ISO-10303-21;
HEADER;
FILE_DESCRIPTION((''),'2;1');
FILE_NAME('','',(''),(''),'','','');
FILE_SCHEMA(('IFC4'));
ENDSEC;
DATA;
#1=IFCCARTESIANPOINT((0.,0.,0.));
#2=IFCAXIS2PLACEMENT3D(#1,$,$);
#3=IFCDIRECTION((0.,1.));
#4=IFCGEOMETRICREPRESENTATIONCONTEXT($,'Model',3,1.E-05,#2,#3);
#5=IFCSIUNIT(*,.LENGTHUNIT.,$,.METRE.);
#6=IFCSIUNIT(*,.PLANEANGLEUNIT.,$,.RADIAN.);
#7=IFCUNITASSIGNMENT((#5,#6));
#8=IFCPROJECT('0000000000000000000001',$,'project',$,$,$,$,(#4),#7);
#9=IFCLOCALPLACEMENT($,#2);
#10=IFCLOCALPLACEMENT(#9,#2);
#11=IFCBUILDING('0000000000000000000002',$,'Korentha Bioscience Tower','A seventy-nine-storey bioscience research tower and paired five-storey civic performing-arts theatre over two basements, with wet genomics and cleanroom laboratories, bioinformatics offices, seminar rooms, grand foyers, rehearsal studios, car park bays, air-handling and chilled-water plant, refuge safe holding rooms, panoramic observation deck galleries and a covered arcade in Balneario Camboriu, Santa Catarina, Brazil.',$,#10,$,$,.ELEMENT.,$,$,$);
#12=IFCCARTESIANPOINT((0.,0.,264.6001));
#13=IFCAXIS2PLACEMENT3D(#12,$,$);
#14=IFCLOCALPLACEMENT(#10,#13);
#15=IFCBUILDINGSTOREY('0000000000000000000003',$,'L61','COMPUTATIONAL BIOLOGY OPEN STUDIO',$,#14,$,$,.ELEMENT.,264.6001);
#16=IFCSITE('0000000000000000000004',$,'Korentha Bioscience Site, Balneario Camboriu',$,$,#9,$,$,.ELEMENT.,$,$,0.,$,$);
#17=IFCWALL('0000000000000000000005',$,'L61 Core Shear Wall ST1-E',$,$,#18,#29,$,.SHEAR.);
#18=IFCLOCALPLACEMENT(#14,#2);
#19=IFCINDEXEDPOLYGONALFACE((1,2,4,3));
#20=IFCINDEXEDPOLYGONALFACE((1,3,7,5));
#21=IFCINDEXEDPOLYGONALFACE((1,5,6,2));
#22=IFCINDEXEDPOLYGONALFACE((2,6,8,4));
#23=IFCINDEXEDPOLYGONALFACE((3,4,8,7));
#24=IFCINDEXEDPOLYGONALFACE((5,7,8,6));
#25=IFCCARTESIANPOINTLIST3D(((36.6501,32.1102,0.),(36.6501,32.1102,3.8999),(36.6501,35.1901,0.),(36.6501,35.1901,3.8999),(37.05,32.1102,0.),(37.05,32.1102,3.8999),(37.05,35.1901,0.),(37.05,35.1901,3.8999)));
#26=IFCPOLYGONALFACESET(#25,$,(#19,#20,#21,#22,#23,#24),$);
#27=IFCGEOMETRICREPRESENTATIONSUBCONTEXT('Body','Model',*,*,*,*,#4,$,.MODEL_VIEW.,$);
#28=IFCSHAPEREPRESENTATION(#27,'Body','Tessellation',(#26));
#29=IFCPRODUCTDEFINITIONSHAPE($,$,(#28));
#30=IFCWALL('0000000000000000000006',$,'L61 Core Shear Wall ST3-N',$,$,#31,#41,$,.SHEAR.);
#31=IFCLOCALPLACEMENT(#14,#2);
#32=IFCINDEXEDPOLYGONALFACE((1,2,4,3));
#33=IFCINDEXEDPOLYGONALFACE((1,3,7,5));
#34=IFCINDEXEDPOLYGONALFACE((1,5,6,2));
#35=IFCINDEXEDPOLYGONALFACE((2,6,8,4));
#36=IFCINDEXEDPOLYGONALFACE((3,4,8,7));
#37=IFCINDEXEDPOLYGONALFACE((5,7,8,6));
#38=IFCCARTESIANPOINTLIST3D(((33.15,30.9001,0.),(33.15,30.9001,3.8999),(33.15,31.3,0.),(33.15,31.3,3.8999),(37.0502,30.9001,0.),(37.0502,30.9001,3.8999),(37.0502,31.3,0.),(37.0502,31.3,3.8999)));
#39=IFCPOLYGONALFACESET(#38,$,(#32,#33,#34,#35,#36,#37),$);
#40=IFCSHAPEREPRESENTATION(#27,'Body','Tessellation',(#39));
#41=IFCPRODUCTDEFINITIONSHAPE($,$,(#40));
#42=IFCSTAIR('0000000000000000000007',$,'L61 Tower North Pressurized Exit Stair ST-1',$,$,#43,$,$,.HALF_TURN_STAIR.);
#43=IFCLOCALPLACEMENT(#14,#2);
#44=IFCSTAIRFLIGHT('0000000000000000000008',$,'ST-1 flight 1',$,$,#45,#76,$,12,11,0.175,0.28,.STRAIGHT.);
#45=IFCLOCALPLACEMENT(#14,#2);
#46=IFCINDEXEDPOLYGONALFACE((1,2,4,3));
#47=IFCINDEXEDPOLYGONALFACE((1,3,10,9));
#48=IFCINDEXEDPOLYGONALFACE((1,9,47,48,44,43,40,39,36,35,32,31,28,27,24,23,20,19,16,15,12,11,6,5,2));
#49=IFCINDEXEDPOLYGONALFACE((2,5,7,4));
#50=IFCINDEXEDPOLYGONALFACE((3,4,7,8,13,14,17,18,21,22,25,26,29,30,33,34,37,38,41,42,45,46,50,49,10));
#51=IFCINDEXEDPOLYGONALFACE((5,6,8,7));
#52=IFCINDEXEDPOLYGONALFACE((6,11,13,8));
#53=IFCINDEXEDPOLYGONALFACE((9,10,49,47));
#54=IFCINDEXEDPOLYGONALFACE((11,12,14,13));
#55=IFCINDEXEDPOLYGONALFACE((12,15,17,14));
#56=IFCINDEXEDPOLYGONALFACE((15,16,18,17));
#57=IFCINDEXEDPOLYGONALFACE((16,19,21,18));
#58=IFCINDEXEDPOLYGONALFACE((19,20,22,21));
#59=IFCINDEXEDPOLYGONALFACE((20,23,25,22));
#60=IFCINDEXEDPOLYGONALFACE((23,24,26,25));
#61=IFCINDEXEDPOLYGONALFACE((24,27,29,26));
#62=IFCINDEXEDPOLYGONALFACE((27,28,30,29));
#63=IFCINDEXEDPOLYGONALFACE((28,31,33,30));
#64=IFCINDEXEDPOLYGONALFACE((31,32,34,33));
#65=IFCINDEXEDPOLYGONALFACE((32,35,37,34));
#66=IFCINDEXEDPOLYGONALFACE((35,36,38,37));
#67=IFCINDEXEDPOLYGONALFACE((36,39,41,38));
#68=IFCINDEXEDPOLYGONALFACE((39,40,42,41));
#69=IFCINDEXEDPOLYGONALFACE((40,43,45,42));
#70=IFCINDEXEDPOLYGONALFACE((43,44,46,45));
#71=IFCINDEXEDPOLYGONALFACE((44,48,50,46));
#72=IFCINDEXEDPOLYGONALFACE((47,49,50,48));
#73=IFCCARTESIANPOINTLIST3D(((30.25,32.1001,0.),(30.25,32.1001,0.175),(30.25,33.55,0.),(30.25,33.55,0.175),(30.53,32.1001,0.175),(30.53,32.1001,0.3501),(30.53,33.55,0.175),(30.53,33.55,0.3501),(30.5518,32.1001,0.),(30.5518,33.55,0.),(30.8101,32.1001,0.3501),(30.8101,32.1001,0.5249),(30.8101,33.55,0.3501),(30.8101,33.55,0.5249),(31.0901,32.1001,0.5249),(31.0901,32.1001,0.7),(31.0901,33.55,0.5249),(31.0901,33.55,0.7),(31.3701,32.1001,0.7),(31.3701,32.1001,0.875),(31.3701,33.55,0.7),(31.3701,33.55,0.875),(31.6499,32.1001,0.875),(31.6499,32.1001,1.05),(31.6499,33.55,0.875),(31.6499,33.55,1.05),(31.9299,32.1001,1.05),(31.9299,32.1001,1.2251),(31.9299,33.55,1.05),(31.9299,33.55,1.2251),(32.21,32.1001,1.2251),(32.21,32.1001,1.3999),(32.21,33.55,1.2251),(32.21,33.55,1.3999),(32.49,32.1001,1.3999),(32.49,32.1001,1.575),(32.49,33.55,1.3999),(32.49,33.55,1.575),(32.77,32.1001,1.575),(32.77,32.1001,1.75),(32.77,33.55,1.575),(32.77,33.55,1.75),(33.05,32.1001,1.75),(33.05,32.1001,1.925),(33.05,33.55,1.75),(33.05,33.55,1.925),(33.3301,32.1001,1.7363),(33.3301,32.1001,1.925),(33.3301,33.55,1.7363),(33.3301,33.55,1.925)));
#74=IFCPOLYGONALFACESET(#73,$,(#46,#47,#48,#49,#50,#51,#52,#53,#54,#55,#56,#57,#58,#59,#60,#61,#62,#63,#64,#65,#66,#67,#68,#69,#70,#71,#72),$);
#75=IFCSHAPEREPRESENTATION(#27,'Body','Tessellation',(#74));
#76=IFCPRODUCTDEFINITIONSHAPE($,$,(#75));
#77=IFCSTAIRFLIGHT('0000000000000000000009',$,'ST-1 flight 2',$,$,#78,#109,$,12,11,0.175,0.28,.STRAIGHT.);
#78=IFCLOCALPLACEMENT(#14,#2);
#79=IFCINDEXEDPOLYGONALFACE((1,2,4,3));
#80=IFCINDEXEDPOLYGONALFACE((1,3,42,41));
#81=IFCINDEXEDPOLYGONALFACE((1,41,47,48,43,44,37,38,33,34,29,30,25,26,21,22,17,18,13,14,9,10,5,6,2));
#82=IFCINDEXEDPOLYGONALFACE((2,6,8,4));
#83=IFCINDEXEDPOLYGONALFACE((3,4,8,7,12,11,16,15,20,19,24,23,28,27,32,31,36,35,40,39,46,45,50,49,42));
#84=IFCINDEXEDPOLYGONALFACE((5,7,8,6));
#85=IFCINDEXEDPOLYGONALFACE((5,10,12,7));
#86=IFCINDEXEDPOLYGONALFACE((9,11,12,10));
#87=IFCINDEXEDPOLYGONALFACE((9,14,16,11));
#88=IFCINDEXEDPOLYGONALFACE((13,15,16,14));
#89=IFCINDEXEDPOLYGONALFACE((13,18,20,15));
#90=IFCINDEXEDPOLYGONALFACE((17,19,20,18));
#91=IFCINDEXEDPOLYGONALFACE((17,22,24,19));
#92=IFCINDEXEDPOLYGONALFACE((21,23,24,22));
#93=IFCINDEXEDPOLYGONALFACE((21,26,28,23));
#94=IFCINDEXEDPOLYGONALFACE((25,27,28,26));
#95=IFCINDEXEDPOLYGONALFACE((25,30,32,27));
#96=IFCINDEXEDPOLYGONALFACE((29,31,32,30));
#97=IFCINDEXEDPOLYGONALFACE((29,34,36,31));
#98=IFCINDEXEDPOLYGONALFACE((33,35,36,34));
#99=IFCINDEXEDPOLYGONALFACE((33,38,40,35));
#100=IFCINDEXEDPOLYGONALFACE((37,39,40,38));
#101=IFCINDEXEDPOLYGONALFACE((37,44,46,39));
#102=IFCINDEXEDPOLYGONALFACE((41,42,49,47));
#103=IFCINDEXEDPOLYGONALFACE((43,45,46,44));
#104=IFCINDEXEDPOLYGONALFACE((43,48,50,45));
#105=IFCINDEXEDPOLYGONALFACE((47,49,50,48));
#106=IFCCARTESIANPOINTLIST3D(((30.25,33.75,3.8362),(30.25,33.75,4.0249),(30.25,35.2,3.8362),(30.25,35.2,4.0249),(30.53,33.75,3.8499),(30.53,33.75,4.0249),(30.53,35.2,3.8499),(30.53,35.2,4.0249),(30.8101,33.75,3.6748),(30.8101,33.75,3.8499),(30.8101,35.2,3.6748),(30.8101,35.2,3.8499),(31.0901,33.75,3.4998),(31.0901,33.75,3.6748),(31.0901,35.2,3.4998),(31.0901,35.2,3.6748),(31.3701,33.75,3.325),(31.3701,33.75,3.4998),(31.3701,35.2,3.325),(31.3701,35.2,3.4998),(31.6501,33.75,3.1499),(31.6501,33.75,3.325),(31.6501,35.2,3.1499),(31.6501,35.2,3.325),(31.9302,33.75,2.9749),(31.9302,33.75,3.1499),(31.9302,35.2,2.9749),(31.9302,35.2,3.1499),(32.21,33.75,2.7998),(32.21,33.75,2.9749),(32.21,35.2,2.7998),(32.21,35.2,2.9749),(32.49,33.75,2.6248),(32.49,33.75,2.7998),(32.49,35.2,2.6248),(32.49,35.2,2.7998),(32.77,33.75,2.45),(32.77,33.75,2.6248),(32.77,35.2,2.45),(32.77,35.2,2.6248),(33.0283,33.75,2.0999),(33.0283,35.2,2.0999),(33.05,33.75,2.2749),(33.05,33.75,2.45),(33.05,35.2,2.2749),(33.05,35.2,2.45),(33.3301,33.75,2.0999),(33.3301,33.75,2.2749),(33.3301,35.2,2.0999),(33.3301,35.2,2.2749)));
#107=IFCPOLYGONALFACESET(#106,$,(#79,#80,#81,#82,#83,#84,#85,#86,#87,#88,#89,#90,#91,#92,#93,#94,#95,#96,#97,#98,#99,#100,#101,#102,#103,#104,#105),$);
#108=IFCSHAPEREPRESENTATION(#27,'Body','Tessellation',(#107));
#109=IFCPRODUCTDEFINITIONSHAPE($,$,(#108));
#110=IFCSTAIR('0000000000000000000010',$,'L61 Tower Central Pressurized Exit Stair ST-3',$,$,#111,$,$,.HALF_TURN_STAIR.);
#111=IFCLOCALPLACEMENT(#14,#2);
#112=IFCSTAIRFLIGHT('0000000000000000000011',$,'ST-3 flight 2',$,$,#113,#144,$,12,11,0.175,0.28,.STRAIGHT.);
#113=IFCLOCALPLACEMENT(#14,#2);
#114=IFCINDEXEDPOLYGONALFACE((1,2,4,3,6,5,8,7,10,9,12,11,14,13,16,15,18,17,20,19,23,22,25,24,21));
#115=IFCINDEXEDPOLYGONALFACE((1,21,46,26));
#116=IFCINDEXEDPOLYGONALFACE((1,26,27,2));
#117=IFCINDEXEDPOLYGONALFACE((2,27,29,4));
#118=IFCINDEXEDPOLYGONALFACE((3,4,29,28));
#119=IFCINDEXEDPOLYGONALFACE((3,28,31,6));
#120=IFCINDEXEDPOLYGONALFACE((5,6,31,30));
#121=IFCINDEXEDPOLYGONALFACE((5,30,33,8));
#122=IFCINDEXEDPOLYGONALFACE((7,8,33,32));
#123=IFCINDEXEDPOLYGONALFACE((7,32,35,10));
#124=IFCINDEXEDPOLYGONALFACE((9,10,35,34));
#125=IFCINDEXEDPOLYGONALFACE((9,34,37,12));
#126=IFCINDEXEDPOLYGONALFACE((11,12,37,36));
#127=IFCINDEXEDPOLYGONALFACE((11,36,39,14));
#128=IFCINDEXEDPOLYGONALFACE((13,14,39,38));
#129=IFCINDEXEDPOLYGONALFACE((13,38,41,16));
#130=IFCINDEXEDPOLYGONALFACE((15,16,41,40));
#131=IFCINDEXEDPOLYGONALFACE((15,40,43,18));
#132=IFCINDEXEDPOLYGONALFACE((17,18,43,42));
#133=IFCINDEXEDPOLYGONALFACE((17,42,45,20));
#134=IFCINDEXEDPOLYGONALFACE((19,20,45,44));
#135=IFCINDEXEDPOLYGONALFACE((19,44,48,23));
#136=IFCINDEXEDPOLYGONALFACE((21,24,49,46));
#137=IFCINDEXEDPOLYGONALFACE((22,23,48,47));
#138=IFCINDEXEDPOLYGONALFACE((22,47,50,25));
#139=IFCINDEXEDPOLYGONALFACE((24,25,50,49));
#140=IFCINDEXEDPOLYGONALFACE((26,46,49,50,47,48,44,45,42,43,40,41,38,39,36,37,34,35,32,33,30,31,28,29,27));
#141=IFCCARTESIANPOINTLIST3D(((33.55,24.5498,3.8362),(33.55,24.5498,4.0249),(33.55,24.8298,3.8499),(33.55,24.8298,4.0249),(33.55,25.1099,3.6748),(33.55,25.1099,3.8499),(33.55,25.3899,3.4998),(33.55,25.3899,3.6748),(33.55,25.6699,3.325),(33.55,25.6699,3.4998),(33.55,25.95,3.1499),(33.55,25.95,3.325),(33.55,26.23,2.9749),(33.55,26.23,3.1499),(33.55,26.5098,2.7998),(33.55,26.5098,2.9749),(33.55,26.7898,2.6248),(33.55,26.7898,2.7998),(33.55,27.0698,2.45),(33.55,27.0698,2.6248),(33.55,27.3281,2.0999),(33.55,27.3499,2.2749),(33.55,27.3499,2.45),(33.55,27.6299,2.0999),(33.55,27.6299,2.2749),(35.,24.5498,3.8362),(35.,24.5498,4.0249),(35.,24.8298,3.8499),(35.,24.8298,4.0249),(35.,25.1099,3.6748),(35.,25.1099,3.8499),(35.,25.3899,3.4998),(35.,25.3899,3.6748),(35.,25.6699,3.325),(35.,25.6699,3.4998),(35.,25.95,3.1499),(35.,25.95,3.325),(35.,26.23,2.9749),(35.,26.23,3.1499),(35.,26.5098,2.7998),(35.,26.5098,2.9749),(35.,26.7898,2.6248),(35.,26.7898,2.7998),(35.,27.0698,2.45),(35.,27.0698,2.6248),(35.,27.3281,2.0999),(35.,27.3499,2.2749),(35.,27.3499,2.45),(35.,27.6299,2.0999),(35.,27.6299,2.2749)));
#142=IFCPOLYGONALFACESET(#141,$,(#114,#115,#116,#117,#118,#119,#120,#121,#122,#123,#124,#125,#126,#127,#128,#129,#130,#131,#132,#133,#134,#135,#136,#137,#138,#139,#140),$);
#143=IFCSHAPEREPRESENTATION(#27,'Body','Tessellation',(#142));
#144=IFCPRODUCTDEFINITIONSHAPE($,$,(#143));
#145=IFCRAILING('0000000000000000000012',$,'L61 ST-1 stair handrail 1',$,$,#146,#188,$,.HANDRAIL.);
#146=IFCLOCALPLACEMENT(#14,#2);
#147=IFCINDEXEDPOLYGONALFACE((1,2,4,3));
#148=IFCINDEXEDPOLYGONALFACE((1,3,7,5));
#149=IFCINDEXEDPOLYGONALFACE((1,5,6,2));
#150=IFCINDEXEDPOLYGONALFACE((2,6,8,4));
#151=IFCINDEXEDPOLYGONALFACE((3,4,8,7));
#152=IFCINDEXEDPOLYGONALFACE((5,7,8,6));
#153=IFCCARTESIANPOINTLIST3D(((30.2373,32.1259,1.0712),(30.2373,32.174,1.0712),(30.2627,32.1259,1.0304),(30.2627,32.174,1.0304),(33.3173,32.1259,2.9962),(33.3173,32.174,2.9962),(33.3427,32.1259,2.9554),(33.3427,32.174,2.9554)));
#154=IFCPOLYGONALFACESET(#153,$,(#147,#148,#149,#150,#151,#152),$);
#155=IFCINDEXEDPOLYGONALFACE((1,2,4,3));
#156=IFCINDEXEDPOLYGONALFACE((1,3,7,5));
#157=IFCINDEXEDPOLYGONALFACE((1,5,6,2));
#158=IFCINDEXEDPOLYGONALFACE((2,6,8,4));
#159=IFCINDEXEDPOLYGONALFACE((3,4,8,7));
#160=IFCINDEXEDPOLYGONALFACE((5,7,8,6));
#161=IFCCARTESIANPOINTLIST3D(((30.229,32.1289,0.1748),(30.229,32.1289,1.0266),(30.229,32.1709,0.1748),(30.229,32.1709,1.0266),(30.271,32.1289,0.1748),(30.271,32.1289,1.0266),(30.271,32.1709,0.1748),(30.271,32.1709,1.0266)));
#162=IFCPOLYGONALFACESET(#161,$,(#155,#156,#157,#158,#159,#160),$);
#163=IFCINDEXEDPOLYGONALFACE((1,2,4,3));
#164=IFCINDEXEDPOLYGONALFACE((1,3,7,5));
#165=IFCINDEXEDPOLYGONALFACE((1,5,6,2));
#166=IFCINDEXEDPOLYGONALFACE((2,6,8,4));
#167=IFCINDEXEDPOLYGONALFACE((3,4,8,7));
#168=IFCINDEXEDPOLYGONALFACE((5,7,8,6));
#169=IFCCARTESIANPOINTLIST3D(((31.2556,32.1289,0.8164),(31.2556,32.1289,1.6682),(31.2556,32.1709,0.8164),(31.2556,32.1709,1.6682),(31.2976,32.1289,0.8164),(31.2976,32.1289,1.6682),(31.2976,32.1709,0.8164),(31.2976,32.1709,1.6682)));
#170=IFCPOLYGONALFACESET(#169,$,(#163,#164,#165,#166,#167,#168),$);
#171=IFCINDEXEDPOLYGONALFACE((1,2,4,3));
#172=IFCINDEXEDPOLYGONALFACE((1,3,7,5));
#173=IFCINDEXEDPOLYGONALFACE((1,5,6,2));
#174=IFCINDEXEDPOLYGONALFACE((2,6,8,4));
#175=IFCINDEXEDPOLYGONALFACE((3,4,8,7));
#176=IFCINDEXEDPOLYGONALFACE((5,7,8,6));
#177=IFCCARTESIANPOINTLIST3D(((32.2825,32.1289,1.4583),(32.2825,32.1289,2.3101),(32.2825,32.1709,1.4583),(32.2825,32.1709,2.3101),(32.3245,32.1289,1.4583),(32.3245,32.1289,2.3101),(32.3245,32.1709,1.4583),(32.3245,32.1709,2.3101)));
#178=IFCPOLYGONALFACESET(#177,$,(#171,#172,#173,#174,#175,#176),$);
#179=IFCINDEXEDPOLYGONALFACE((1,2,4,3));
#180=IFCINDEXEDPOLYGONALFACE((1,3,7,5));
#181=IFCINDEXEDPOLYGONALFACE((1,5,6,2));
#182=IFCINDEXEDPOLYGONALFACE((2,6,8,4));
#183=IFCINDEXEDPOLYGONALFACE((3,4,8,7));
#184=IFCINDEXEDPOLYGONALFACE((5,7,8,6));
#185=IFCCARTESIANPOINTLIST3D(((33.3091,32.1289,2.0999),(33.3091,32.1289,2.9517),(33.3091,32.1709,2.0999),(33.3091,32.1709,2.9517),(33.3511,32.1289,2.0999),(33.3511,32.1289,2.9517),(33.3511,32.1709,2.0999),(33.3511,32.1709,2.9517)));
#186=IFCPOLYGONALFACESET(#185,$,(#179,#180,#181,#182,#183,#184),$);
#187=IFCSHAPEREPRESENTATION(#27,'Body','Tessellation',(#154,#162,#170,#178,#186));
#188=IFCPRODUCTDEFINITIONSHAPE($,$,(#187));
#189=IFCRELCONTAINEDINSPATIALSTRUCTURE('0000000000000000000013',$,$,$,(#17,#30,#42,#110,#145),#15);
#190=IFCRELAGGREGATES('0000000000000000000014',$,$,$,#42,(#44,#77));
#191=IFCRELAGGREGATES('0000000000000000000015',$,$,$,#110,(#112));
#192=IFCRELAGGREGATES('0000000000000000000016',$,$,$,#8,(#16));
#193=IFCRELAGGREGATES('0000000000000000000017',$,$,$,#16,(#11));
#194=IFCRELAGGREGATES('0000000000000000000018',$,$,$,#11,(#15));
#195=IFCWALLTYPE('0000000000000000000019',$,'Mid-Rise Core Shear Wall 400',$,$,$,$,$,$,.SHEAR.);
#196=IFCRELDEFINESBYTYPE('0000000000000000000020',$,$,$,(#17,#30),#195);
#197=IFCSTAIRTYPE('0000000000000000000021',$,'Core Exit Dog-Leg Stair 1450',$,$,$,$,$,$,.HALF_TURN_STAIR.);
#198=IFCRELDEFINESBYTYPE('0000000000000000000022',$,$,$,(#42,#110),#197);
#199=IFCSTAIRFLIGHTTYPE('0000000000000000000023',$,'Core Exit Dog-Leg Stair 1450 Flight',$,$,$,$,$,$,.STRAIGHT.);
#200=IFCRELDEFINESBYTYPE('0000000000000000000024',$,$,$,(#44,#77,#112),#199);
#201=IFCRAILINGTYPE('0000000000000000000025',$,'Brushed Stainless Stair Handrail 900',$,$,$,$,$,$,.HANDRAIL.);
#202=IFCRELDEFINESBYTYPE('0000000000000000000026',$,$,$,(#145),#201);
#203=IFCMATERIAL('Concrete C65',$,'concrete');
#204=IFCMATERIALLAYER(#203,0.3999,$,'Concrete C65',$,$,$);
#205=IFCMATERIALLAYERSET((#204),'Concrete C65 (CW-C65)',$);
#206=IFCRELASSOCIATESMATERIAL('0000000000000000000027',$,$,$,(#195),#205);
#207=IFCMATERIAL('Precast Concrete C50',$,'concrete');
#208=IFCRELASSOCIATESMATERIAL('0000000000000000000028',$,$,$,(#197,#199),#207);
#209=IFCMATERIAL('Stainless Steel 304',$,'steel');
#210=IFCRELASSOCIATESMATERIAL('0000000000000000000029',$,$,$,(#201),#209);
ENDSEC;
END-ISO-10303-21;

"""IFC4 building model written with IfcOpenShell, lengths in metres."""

from ifc_helpers import new_model, si_unit, direction, frame, frame_2d, origin, origin_2d, place, context, subcontext, project, spatial, polyline, rectangle, outline, extrude, material, layer, layer_set, type_object, element, aggregate, save


model = new_model("IFC4")

# Units and contexts
model_context = context("Model", 3, precision=1e-05, world=origin(), true_north=direction((0.0, 1.0)))
body_context = subcontext(model_context, "Body", "Model", "MODEL_VIEW")
ifc_project = project(units=[si_unit("LENGTHUNIT", "METRE"), si_unit("PLANEANGLEUNIT", "RADIAN")], contexts=[model_context])

# Site, building, storey
site_placement = place(None, origin())
site = spatial("IfcSite", under=ifc_project, at=site_placement, Name="Korentha Bioscience Site, Balneario Camboriu", CompositionType="ELEMENT", RefElevation=0.0)
building_placement = place(site_placement, origin())
building = spatial("IfcBuilding", under=site, at=building_placement, Name="Korentha Bioscience Tower", Description="A seventy-nine-storey bioscience research tower and paired five-storey civic performing-arts theatre over two basements, with wet genomics and cleanroom laboratories, bioinformatics offices, seminar rooms, grand foyers, rehearsal studios, car park bays, air-handling and chilled-water plant, refuge safe holding rooms, panoramic observation deck galleries and a covered arcade in Balneario Camboriu, Santa Catarina, Brazil.", CompositionType="ELEMENT")
storey_placement = place(building_placement, frame((0.0, 0.0, 264.6001)))
storey = spatial("IfcBuildingStorey", under=building, at=storey_placement, Name="L61", Description="COMPUTATIONAL BIOLOGY OPEN STUDIO", CompositionType="ELEMENT", Elevation=264.6001)

# Shared definitions
ifc_material_1 = material(Name="Concrete C65", Category="concrete")

# Walls
ifc_layer_1 = layer(ifc_material_1, 0.3999, Name="Concrete C65")
ifc_layer_set_1 = layer_set([ifc_layer_1], Name="Concrete C65 (CW-C65)")
wall_type_1 = type_object("IfcWallType", Name="Mid-Rise Core Shear Wall 400", PredefinedType="SHEAR", material=ifc_layer_set_1)
wall_1_placement = place(storey_placement, frame((36.8501, 32.1101, 0.0), z_axis=(0.0, 0.0, 1.0), x_axis=(0.0, 1.0, 0.0)))
element("IfcWall", 1, at=wall_1_placement, inside=storey, type_object=wall_type_1, Name="L61 Core Shear Wall ST1-E", PredefinedType="SHEAR", context=body_context, shape_type="SweptSolid", body=[
    extrude(rectangle(XDim=3.0798, YDim=0.3999, at=frame_2d((1.54, 0.0))), origin(), (0.0, 0.0, 1.0), 3.8999),
])
wall_2_placement = place(storey_placement, frame((33.1499, 31.1001, 0.0), z_axis=(0.0, 0.0, 1.0), x_axis=(1.0, 0.0, 0.0)))
element("IfcWall", 2, at=wall_2_placement, inside=storey, type_object=wall_type_1, Name="L61 Core Shear Wall ST3-N", PredefinedType="SHEAR", context=body_context, shape_type="SweptSolid", body=[
    extrude(rectangle(XDim=3.9001, YDim=0.3999, at=frame_2d((1.9502, 0.0))), origin(), (0.0, 0.0, 1.0), 3.8999),
])

# Stair, stair flights
ifc_material_2 = material(Name="Precast Concrete C50", Category="concrete")
stair_type = type_object("IfcStairType", Name="Core Exit Dog-Leg Stair 1450", PredefinedType="HALF_TURN_STAIR", material=ifc_material_2)
stair_1_placement = place(storey_placement, origin())
stair_1 = element("IfcStair", 3, at=stair_1_placement, inside=storey, type_object=stair_type, Name="L61 Tower North Pressurized Exit Stair ST-1", PredefinedType="HALF_TURN_STAIR")
stair_flight_type = type_object("IfcStairFlightType", Name="Core Exit Dog-Leg Stair 1450 Flight", PredefinedType="STRAIGHT", material=ifc_material_2)
stair_flight_1_placement = place(storey_placement, frame((30.25, 32.825, 0.0), z_axis=(0.0, 0.0, 1.0), x_axis=(1.0, 0.0, 0.0)))
stair_flight_1 = element("IfcStairFlight", 4, at=stair_flight_1_placement, type_object=stair_flight_type, Name="ST-1 flight 1", NumberOfRisers=12, NumberOfTreads=11, PredefinedType="STRAIGHT", RiserHeight=0.175, TreadLength=0.28, context=body_context, shape_type="SweptSolid", body=[
    extrude(outline(polyline([(0.0, 0.0), (0.0, 0.175), (0.28, 0.175), (0.28, 0.3501), (0.5601, 0.3501), (0.5601, 0.5249), (0.8401, 0.5249), (0.8401, 0.7), (1.1201, 0.7), (1.1201, 0.875), (1.3999, 0.875), (1.3999, 1.05), (1.6799, 1.05), (1.6799, 1.2251), (1.96, 1.2251), (1.96, 1.3999), (2.24, 1.3999), (2.24, 1.575), (2.52, 1.575), (2.52, 1.75), (2.8, 1.75), (2.8, 1.925), (3.0801, 1.925), (3.0801, 2.1001), (3.0801, 1.7363), (0.3018, 0.0), (0.0, 0.0)])), frame((0.0, 0.7251, 0.0), z_axis=(0.0, -1.0, 0.0), x_axis=(1.0, 0.0, 0.0)), (0.0, 0.0, 1.0), 1.45),
])
stair_flight_2_placement = place(storey_placement, frame((33.3301, 34.4751, 2.0999), z_axis=(0.0, 0.0, 1.0), x_axis=(-1.0, 0.0, 0.0)))
stair_flight_2 = element("IfcStairFlight", 5, at=stair_flight_2_placement, type_object=stair_flight_type, Name="ST-1 flight 2", NumberOfRisers=12, NumberOfTreads=11, PredefinedType="STRAIGHT", RiserHeight=0.175, TreadLength=0.28, context=body_context, shape_type="SweptSolid", body=[
    extrude(outline(polyline([(0.0, 0.0), (0.0, 0.175), (0.28, 0.175), (0.28, 0.3501), (0.5601, 0.3501), (0.5601, 0.5249), (0.8401, 0.5249), (0.8401, 0.7), (1.1201, 0.7), (1.1201, 0.875), (1.3999, 0.875), (1.3999, 1.05), (1.6799, 1.05), (1.6799, 1.2251), (1.96, 1.2251), (1.96, 1.3999), (2.24, 1.3999), (2.24, 1.575), (2.52, 1.575), (2.52, 1.75), (2.8, 1.75), (2.8, 1.925), (3.0801, 1.925), (3.0801, 2.1001), (3.0801, 1.7363), (0.3018, 0.0), (0.0, 0.0)])), frame((0.0, 0.7251, 0.0), z_axis=(0.0, -1.0, 0.0), x_axis=(1.0, 0.0, 0.0)), (0.0, 0.0, 1.0), 1.45),
])
aggregate(stair_1, [stair_flight_1, stair_flight_2])

# Stair, stair flight
stair_2_placement = place(storey_placement, origin())
stair_2 = element("IfcStair", 6, at=stair_2_placement, inside=storey, type_object=stair_type, Name="L61 Tower Central Pressurized Exit Stair ST-3", PredefinedType="HALF_TURN_STAIR")
stair_flight_3_placement = place(storey_placement, frame((34.2749, 27.6299, 2.0999), z_axis=(0.0, 0.0, 1.0), x_axis=(0.0, -1.0, 0.0)))
stair_flight_3 = element("IfcStairFlight", 7, at=stair_flight_3_placement, type_object=stair_flight_type, Name="ST-3 flight 2", NumberOfRisers=12, NumberOfTreads=11, PredefinedType="STRAIGHT", RiserHeight=0.175, TreadLength=0.28, context=body_context, shape_type="SweptSolid", body=[
    extrude(outline(polyline([(0.0, 0.0), (0.0, 0.175), (0.28, 0.175), (0.28, 0.3501), (0.5601, 0.3501), (0.5601, 0.5249), (0.8401, 0.5249), (0.8401, 0.7), (1.1201, 0.7), (1.1201, 0.875), (1.3999, 0.875), (1.3999, 1.05), (1.6799, 1.05), (1.6799, 1.2251), (1.96, 1.2251), (1.96, 1.3999), (2.24, 1.3999), (2.24, 1.575), (2.52, 1.575), (2.52, 1.75), (2.8, 1.75), (2.8, 1.925), (3.0801, 1.925), (3.0801, 2.1001), (3.0801, 1.7363), (0.3018, 0.0), (0.0, 0.0)])), frame((0.0, 0.7251, 0.0), z_axis=(0.0, -1.0, 0.0), x_axis=(1.0, 0.0, 0.0)), (0.0, 0.0, 1.0), 1.45),
])
aggregate(stair_2, [stair_flight_3])

# Railing
ifc_material_3 = material(Name="Stainless Steel 304", Category="steel")
railing_type_1 = type_object("IfcRailingType", Name="Brushed Stainless Stair Handrail 900", PredefinedType="HANDRAIL", material=ifc_material_3)
railing_1_placement = place(storey_placement, frame((30.25, 32.1499, 0.1748)))
element("IfcRailing", 8, at=railing_1_placement, inside=storey, type_object=railing_type_1, Name="L61 ST-1 stair handrail 1", PredefinedType="HANDRAIL", context=body_context, shape_type="SweptSolid", body=[
    extrude(rectangle(XDim=0.0481, YDim=0.0481, at=origin_2d()), frame((0.0, 0.0, 0.876), z_axis=(0.847998, 0.0, 0.529999), x_axis=(0.0, 1.0, 0.0)), (0.0, 0.0, 1.0), 3.6321),
    extrude(rectangle(XDim=0.042, YDim=0.042, at=origin_2d()), origin(), (0.0, 0.0, 1.0), 0.8518),
    extrude(rectangle(XDim=0.042, YDim=0.042, at=origin_2d()), frame((1.0266, 0.0, 0.6416)), (0.0, 0.0, 1.0), 0.8518),
    extrude(rectangle(XDim=0.042, YDim=0.042, at=origin_2d()), frame((2.0535, 0.0, 1.2834)), (0.0, 0.0, 1.0), 0.8518),
    extrude(rectangle(XDim=0.042, YDim=0.042, at=origin_2d()), frame((3.0801, 0.0, 1.925)), (0.0, 0.0, 1.0), 0.8518),
])

save(model, "model.ifc")
